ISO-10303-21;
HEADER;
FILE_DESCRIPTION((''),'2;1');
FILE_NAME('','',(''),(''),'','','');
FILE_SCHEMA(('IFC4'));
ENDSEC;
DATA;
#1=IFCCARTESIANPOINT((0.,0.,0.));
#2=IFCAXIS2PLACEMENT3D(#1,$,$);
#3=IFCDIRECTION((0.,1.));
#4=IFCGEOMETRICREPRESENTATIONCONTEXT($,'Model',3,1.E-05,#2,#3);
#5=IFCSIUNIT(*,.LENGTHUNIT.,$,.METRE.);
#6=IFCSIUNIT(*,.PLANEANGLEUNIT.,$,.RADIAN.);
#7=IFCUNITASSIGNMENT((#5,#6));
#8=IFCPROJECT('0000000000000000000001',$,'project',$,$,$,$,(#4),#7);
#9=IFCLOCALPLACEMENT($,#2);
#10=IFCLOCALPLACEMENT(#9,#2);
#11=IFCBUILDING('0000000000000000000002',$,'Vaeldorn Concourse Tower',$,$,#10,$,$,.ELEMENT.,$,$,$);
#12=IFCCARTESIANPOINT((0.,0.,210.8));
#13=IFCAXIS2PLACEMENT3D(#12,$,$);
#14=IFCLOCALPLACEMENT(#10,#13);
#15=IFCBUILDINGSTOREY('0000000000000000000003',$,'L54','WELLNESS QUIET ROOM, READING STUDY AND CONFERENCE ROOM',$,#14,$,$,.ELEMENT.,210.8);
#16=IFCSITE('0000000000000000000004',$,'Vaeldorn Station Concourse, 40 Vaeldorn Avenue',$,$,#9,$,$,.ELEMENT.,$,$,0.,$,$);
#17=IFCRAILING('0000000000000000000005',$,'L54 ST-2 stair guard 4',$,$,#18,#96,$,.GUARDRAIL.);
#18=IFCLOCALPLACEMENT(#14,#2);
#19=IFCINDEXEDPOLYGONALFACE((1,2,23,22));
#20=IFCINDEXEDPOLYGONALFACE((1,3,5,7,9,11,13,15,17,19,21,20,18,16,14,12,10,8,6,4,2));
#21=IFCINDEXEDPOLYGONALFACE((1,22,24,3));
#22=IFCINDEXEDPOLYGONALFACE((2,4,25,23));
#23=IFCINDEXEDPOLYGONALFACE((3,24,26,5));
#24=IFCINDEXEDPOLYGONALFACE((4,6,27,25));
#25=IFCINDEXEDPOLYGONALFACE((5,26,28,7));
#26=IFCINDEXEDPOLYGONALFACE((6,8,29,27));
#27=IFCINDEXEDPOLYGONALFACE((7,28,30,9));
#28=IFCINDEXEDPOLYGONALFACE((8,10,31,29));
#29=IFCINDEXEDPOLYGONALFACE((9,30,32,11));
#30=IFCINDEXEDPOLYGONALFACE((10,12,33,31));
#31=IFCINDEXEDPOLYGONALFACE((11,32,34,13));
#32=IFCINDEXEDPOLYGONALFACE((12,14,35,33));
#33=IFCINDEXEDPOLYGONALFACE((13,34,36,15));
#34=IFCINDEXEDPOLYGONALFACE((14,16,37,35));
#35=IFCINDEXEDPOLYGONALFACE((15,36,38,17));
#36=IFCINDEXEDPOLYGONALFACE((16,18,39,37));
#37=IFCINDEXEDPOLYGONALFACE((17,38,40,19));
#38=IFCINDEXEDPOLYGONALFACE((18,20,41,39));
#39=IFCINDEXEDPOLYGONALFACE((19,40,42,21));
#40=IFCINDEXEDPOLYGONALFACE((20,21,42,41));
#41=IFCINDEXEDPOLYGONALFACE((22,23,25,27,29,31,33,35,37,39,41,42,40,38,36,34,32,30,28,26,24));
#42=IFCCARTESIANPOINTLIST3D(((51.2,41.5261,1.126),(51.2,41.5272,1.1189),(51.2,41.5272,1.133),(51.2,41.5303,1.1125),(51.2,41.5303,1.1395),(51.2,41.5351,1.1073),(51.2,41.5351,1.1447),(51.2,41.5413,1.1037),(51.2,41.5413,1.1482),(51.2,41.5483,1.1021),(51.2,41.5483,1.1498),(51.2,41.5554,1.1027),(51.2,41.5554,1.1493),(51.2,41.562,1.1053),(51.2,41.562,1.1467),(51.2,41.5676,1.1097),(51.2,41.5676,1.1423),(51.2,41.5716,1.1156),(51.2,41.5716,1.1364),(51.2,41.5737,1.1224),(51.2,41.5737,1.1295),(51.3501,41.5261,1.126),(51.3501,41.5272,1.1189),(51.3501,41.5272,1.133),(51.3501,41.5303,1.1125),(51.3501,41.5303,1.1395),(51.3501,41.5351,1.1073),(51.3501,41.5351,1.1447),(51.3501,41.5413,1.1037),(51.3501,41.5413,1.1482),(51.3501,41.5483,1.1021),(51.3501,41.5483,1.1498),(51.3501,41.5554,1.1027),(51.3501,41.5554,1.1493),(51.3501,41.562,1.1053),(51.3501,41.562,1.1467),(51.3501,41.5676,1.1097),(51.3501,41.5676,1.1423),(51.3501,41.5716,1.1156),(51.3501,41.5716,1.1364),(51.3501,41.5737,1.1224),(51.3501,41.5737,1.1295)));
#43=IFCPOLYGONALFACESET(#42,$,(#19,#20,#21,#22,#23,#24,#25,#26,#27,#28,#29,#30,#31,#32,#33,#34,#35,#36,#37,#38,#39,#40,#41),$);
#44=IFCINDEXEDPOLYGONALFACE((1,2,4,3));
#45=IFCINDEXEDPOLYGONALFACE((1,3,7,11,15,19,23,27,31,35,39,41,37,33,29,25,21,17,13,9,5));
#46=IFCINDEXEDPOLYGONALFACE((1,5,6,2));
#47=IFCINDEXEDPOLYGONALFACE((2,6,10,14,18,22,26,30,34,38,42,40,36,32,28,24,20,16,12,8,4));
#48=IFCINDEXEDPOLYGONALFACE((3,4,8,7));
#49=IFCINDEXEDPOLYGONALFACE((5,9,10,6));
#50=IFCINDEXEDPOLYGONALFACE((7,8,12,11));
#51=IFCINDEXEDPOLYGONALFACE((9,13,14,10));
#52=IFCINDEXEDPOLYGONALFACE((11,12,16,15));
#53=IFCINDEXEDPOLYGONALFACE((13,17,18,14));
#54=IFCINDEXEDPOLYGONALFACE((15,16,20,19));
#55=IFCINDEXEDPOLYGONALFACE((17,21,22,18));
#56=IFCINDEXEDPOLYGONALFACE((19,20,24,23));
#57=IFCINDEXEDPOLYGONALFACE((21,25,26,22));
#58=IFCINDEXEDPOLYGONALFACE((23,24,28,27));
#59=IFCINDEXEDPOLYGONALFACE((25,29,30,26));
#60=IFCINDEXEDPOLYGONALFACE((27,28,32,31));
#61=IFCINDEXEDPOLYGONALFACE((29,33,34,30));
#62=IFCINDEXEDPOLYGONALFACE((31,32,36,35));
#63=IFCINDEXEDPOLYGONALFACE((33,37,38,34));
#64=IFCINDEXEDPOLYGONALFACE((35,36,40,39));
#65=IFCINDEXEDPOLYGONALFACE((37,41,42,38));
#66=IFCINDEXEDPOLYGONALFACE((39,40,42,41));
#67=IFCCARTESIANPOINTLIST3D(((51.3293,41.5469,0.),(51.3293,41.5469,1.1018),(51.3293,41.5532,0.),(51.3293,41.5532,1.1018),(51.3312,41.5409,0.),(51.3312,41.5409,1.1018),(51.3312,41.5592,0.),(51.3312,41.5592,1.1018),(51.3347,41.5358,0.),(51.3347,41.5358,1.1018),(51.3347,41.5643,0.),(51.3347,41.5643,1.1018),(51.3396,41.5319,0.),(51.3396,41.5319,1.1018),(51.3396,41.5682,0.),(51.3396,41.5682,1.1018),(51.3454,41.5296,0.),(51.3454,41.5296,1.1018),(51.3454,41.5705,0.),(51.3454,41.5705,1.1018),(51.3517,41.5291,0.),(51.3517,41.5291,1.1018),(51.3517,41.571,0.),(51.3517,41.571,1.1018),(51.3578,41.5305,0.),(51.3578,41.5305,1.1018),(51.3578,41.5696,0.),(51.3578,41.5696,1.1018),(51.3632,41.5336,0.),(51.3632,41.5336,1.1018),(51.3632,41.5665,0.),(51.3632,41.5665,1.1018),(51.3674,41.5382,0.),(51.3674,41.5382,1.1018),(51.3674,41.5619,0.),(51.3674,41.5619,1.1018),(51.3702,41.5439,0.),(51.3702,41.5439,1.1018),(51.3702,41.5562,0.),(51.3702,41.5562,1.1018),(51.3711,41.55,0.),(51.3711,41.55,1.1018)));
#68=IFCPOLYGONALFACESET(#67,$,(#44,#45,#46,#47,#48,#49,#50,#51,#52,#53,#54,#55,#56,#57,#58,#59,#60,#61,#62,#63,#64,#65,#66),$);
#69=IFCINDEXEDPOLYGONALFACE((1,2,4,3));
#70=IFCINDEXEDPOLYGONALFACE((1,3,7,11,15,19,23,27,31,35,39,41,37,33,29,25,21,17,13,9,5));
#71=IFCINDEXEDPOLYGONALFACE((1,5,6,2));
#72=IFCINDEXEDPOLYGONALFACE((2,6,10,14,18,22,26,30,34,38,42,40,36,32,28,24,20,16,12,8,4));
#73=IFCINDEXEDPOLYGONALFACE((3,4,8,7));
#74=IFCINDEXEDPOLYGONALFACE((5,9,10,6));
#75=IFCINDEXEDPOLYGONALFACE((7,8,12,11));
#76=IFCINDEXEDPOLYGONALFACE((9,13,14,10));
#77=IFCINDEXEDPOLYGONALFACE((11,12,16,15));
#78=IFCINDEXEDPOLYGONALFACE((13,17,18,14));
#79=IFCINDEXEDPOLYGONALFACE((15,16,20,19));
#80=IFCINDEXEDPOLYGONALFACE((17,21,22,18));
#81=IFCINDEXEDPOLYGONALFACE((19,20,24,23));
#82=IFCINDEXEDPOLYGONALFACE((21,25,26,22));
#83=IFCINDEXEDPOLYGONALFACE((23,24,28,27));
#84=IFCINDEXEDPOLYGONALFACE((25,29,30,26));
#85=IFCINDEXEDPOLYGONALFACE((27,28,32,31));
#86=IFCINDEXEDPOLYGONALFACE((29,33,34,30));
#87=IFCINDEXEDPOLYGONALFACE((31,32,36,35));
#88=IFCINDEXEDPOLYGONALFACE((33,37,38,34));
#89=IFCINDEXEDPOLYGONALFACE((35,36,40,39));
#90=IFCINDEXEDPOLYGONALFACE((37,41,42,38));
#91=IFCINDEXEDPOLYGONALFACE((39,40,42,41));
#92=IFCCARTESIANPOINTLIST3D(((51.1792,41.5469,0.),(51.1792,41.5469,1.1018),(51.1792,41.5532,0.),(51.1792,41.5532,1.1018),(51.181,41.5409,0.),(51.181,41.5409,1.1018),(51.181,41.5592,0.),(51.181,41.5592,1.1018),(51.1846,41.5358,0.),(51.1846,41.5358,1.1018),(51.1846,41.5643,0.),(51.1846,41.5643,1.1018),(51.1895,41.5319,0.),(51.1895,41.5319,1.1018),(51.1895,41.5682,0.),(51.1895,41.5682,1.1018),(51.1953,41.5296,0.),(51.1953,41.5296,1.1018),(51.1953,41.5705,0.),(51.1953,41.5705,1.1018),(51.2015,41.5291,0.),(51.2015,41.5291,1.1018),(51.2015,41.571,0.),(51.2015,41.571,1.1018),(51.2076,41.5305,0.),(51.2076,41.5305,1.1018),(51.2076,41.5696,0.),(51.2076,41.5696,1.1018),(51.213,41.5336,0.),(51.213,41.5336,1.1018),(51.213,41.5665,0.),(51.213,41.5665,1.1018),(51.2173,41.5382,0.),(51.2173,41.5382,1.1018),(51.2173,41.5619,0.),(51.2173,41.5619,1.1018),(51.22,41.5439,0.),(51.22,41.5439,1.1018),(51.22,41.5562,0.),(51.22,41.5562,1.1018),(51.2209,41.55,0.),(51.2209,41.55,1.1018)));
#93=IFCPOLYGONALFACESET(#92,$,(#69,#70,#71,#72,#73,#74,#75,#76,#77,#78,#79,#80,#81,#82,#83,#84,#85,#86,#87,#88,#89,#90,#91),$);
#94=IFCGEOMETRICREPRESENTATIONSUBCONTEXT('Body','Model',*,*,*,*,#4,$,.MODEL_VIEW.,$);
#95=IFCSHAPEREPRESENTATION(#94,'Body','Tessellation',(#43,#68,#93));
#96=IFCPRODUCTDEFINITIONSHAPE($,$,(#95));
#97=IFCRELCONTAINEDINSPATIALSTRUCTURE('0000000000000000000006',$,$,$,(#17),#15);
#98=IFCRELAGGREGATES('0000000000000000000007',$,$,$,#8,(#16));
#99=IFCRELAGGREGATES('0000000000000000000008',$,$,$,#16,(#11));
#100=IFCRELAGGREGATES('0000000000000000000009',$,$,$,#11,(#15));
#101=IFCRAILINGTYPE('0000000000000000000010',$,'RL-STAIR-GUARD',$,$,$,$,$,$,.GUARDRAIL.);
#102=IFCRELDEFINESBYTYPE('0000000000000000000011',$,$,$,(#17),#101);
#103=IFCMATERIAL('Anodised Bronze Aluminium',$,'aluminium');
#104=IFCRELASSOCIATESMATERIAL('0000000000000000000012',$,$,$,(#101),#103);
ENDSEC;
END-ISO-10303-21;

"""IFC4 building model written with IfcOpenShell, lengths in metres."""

from ifc_helpers import new_model, si_unit, direction, frame, origin, origin_2d, place, context, subcontext, project, spatial, circle, extrude, material, type_object, element, save


model = new_model("IFC4")

# Units and contexts
model_context = context("Model", 3, precision=1e-05, world=origin(), true_north=direction((0.0, 1.0)))
body_context = subcontext(model_context, "Body", "Model", "MODEL_VIEW")
ifc_project = project(units=[si_unit("LENGTHUNIT", "METRE"), si_unit("PLANEANGLEUNIT", "RADIAN")], contexts=[model_context])

# Site, building, storey
site_placement = place(None, origin())
site = spatial("IfcSite", under=ifc_project, at=site_placement, Name="Vaeldorn Station Concourse, 40 Vaeldorn Avenue", CompositionType="ELEMENT", RefElevation=0.0)
building_placement = place(site_placement, origin())
building = spatial("IfcBuilding", under=site, at=building_placement, Name="Vaeldorn Concourse Tower", CompositionType="ELEMENT")
storey_placement = place(building_placement, frame((0.0, 0.0, 210.8)))
storey = spatial("IfcBuildingStorey", under=building, at=storey_placement, Name="L54", Description="WELLNESS QUIET ROOM, READING STUDY AND CONFERENCE ROOM", CompositionType="ELEMENT", Elevation=210.8)

# Shared definitions
ifc_material_1 = material(Name="Anodised Bronze Aluminium", Category="aluminium")

# Railing
railing_type_1 = type_object("IfcRailingType", Name="RL-STAIR-GUARD", PredefinedType="GUARDRAIL", material=ifc_material_1)
railing_1_placement = place(storey_placement, frame((51.3501, 41.55, 0.0)))
element("IfcRailing", 1, at=railing_1_placement, inside=storey, type_object=railing_type_1, Name="L54 ST-2 stair guard 4", PredefinedType="GUARDRAIL", context=body_context, shape_type="SweptSolid", body=[
    extrude(circle(Radius=0.0239, at=origin_2d()), frame((0.0, 0.0, 1.126), z_axis=(-1.0, 0.0, 0.0), x_axis=(0.0, -1.0, 0.0)), (0.0, 0.0, 1.0), 0.1501),
    extrude(circle(Radius=0.021, at=origin_2d()), origin(), (0.0, 0.0, 1.0), 1.1018),
    extrude(circle(Radius=0.021, at=origin_2d()), frame((-0.1501, 0.0, 0.0)), (0.0, 0.0, 1.0), 1.1018),
])

save(model, "model.ifc")
